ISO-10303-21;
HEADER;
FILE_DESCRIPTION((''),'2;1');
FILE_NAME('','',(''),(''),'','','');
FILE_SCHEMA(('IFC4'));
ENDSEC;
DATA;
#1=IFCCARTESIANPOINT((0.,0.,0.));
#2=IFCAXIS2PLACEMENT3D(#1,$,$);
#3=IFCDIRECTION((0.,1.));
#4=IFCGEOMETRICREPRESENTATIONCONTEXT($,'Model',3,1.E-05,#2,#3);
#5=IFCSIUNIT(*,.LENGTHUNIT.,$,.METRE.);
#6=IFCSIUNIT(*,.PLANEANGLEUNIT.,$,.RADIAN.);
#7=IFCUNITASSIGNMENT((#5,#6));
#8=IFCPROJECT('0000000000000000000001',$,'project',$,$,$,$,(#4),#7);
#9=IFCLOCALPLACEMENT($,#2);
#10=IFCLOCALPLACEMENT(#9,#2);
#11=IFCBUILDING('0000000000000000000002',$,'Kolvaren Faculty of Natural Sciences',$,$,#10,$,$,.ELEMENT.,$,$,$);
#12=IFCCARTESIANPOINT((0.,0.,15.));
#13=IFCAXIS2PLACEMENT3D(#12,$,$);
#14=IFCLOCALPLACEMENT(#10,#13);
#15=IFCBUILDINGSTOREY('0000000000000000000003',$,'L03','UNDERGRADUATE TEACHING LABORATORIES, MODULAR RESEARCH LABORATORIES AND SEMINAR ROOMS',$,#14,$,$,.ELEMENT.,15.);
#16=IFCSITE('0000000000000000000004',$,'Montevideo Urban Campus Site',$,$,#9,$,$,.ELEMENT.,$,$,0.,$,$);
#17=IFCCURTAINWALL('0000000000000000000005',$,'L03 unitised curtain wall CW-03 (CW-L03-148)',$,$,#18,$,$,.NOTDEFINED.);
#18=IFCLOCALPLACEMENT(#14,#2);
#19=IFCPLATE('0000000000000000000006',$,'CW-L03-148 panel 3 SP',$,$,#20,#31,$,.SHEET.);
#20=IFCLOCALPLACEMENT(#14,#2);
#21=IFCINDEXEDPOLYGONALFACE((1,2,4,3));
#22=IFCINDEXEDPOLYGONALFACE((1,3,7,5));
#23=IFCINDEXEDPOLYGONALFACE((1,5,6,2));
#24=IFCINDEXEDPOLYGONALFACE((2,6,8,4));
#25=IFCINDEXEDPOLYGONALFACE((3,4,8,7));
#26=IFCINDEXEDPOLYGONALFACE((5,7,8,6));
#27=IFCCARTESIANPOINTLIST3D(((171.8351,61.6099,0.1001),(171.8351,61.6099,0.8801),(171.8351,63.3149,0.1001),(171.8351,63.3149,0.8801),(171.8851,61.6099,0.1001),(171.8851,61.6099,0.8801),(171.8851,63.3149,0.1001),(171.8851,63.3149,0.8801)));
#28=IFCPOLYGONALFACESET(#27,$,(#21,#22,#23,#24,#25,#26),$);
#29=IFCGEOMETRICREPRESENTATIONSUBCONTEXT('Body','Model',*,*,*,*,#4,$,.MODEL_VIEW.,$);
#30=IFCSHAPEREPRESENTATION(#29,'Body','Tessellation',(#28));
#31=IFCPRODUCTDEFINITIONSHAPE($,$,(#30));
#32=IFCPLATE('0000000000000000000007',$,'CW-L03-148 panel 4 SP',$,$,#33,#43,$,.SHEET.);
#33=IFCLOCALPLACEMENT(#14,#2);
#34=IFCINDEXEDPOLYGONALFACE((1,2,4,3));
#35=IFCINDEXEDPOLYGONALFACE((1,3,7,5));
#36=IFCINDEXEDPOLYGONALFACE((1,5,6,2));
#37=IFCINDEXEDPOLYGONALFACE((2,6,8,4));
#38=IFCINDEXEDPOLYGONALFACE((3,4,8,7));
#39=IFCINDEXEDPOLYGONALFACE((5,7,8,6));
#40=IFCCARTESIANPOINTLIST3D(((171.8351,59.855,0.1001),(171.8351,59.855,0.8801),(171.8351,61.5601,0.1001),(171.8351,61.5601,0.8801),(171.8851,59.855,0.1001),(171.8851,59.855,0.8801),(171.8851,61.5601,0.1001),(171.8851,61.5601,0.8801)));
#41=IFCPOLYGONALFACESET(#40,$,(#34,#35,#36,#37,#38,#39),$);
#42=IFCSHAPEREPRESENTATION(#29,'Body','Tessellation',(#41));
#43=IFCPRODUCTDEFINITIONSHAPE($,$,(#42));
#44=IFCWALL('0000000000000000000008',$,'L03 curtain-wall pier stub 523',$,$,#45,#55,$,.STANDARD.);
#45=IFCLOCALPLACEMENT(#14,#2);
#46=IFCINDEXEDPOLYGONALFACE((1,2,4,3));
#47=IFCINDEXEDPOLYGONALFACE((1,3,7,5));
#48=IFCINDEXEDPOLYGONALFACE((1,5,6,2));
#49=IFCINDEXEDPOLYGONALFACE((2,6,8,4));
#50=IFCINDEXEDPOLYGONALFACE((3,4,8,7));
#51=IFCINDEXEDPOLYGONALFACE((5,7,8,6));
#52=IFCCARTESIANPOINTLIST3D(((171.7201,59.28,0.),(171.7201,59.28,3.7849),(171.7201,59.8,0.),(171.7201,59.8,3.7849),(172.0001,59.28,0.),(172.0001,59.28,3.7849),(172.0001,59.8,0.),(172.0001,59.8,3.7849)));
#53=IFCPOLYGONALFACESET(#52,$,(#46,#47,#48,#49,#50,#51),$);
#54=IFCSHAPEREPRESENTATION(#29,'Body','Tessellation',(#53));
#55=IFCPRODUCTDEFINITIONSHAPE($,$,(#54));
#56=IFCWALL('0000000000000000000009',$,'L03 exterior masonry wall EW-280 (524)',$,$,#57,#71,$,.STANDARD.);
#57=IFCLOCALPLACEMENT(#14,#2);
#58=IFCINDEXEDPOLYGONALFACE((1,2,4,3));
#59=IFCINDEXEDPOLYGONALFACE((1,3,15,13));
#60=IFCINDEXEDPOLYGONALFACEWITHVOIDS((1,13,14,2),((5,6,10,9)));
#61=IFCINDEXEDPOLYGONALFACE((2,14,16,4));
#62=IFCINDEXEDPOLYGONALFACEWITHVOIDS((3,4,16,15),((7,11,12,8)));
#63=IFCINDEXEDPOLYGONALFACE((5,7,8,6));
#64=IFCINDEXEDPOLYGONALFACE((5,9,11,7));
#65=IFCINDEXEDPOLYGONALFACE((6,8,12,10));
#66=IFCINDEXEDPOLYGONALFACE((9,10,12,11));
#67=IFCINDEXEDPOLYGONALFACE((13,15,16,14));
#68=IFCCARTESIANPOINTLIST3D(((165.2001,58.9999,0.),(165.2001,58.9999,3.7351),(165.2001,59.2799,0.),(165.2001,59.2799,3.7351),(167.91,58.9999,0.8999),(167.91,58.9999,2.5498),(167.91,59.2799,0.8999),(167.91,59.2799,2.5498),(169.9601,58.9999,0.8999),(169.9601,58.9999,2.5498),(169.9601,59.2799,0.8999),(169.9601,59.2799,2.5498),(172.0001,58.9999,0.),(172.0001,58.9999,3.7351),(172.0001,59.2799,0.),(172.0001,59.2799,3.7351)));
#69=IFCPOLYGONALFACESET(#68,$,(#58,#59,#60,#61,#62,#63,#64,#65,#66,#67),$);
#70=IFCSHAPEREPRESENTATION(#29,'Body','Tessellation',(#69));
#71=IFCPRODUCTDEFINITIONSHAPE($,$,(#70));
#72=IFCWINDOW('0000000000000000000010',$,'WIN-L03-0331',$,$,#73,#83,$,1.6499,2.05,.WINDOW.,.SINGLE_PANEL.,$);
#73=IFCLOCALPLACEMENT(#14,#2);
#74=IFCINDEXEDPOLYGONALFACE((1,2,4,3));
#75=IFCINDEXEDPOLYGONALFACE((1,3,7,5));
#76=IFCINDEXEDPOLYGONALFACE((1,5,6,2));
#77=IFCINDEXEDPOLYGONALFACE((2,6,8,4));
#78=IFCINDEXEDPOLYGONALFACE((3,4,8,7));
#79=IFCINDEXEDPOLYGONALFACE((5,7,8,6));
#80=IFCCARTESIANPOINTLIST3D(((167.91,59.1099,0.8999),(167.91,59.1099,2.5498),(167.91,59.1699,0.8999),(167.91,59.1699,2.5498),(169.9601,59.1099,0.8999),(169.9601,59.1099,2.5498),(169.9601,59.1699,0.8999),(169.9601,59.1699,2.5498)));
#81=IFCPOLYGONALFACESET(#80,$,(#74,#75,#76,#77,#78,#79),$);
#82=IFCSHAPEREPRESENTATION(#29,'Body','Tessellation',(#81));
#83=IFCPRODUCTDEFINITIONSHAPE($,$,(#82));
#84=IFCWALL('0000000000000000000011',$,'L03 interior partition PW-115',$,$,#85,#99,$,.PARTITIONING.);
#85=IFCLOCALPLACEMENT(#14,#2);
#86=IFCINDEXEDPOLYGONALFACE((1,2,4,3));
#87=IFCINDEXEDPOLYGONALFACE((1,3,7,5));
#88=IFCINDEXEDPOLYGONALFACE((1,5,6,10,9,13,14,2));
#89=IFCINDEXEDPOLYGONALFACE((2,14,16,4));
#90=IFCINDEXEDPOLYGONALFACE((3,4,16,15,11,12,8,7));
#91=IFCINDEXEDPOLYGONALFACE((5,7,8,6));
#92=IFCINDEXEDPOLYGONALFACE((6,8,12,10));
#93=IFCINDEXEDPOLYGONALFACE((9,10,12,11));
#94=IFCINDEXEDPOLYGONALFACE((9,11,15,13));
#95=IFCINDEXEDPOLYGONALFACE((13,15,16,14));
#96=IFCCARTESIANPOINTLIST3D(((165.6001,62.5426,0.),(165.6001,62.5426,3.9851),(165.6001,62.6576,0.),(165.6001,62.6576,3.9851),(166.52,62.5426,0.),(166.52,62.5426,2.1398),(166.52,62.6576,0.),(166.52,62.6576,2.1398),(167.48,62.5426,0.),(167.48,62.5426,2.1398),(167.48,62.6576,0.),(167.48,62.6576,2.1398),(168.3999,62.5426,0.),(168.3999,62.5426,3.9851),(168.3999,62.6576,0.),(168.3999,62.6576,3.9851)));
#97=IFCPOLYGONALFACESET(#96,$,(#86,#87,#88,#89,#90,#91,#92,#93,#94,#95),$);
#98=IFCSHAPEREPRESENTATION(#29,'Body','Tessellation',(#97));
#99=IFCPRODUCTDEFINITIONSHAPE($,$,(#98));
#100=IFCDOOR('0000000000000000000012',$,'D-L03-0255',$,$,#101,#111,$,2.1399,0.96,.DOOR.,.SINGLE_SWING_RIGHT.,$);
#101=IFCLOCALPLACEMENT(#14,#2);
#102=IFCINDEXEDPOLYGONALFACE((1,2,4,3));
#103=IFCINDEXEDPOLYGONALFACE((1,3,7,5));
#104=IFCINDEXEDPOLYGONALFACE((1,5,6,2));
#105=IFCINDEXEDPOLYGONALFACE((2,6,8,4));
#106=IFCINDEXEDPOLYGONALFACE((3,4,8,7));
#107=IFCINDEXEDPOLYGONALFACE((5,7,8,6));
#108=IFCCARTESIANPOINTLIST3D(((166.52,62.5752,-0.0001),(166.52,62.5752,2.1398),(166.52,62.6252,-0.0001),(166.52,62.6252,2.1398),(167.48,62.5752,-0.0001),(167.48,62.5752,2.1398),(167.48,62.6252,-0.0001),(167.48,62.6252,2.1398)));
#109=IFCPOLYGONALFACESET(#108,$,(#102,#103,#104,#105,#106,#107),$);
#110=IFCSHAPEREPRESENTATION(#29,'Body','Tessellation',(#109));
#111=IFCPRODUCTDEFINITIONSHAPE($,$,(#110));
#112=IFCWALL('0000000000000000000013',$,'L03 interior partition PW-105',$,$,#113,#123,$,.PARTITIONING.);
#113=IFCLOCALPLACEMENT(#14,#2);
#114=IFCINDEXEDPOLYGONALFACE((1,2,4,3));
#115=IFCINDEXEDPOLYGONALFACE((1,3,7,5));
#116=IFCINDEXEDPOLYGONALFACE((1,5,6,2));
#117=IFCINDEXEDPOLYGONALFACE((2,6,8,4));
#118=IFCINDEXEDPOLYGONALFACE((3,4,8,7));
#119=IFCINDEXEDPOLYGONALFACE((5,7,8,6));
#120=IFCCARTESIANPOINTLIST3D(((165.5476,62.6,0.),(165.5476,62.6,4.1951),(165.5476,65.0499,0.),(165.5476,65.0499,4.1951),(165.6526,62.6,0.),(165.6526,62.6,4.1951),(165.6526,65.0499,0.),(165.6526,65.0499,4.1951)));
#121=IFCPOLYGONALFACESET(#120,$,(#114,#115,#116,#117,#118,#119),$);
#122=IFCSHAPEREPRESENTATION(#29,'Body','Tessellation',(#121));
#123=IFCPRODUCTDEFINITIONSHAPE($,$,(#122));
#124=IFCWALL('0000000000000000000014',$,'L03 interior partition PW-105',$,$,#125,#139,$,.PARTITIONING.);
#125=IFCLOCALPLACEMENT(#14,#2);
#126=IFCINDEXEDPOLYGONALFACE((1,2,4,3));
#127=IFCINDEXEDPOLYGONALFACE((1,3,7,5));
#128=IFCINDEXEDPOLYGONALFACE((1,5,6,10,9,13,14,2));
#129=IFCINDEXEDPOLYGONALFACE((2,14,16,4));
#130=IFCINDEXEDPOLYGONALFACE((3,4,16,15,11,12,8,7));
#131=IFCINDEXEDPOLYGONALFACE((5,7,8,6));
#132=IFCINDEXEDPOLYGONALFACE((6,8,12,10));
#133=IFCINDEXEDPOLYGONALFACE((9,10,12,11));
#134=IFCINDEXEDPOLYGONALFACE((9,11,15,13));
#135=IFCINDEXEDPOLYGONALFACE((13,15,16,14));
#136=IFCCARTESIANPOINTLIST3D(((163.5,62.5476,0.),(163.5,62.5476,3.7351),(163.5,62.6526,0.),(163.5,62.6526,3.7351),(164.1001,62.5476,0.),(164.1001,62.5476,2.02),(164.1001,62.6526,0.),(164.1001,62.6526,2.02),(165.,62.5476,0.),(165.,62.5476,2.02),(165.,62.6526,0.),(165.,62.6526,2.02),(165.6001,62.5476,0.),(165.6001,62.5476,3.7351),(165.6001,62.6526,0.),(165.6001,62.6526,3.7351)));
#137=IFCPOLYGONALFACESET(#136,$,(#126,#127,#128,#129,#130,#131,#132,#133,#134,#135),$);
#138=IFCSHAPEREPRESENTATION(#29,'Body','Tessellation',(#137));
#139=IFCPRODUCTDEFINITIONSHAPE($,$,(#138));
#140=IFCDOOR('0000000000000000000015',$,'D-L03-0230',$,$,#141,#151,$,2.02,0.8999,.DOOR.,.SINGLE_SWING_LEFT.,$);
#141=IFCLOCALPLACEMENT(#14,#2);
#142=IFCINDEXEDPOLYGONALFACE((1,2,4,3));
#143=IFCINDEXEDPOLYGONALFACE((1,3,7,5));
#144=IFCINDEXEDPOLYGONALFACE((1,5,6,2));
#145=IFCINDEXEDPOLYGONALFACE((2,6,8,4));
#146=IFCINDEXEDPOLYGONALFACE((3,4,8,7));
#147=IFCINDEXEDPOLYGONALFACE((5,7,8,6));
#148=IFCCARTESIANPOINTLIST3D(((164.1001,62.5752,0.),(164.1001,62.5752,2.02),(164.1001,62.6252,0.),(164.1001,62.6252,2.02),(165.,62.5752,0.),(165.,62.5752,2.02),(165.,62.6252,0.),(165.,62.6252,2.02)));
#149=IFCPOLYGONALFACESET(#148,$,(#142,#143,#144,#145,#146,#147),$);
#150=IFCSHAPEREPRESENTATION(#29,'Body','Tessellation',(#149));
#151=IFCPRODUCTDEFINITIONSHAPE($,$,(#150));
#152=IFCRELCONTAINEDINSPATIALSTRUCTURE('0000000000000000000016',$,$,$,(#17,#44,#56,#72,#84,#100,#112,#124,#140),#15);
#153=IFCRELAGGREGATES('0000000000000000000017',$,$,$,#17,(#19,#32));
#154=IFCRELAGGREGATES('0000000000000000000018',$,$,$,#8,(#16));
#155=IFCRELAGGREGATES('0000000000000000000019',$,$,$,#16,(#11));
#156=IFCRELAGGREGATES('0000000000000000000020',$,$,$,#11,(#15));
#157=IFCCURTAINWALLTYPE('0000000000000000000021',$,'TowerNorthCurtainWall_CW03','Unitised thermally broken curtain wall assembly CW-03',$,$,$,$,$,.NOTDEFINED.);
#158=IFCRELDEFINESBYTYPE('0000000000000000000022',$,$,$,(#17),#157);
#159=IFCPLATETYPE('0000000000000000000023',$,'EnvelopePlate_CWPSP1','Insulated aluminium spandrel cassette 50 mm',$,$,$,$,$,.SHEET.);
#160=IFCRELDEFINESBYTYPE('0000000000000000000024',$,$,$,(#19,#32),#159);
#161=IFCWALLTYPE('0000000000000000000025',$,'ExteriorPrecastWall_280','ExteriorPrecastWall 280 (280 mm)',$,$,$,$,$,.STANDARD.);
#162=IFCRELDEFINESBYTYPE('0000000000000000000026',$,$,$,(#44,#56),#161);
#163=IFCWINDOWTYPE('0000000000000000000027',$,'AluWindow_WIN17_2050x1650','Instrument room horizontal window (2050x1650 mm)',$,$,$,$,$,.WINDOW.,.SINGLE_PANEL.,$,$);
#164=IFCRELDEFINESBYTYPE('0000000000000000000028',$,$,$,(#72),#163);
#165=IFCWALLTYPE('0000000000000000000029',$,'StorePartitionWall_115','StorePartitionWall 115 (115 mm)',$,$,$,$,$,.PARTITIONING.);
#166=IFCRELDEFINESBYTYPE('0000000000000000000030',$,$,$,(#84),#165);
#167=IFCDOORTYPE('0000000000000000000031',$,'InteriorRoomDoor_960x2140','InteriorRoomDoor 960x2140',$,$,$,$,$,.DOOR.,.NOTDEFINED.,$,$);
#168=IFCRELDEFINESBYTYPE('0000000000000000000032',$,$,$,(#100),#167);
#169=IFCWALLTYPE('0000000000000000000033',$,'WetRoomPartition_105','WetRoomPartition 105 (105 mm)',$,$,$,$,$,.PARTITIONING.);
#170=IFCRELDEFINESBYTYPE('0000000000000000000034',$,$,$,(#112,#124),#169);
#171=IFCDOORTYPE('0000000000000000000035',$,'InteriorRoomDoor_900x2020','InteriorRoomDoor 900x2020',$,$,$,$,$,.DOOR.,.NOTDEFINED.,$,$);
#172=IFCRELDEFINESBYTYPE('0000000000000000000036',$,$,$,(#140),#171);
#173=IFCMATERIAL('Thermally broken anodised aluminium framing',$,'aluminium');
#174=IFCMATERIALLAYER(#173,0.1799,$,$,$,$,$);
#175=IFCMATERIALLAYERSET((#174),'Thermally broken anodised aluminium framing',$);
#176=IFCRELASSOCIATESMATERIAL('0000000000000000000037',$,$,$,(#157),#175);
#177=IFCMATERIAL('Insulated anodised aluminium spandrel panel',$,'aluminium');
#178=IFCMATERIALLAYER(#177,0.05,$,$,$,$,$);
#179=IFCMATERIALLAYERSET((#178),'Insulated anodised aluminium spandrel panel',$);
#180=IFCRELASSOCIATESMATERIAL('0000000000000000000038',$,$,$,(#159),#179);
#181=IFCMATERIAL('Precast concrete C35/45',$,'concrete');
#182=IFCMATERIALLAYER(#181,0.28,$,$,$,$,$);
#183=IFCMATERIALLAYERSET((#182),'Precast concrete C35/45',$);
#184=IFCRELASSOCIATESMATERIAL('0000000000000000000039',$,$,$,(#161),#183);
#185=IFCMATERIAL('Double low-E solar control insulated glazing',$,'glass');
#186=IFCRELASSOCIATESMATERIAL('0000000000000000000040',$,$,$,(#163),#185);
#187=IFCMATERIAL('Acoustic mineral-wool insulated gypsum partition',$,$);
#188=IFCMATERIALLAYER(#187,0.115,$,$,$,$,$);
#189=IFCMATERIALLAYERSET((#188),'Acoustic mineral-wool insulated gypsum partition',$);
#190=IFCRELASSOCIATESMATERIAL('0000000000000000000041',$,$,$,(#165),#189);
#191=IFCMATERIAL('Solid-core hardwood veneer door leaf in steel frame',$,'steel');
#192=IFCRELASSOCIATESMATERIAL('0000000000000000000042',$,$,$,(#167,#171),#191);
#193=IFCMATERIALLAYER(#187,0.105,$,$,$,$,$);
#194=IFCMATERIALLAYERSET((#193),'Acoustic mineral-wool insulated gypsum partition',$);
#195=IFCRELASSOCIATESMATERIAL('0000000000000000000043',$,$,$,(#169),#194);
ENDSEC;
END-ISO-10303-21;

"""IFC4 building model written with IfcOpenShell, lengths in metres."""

from ifc_helpers import new_model, si_unit, direction, frame, frame_2d, origin, origin_2d, place, context, subcontext, project, spatial, rectangle, extrude, material, layer, layer_set, type_object, element, fill, aggregate, save


model = new_model("IFC4")

# Units and contexts
model_context = context("Model", 3, precision=1e-05, world=origin(), true_north=direction((0.0, 1.0)))
body_context = subcontext(model_context, "Body", "Model", "MODEL_VIEW")
ifc_project = project(units=[si_unit("LENGTHUNIT", "METRE"), si_unit("PLANEANGLEUNIT", "RADIAN")], contexts=[model_context])

# Site, building, storey
site_placement = place(None, origin())
site = spatial("IfcSite", under=ifc_project, at=site_placement, Name="Montevideo Urban Campus Site", CompositionType="ELEMENT", RefElevation=0.0)
building_placement = place(site_placement, origin())
building = spatial("IfcBuilding", under=site, at=building_placement, Name="Kolvaren Faculty of Natural Sciences", CompositionType="ELEMENT")
storey_placement = place(building_placement, frame((0.0, 0.0, 15.0)))
storey = spatial("IfcBuildingStorey", under=building, at=storey_placement, Name="L03", Description="UNDERGRADUATE TEACHING LABORATORIES, MODULAR RESEARCH LABORATORIES AND SEMINAR ROOMS", CompositionType="ELEMENT", Elevation=15.0)

# Curtain wall
ifc_material_1 = material(Name="Thermally broken anodised aluminium framing", Category="aluminium")
ifc_layer_1 = layer(ifc_material_1, 0.1799)
ifc_layer_set_1 = layer_set([ifc_layer_1], Name="Thermally broken anodised aluminium framing")
curtain_wall_type = type_object("IfcCurtainWallType", Name="TowerNorthCurtainWall_CW03", Description="Unitised thermally broken curtain wall assembly CW-03", PredefinedType="NOTDEFINED", material=ifc_layer_set_1)
curtain_wall_placement = place(storey_placement, origin())
curtain_wall = element("IfcCurtainWall", 1, at=curtain_wall_placement, inside=storey, type_object=curtain_wall_type, Name="L03 unitised curtain wall CW-03 (CW-L03-148)", PredefinedType="NOTDEFINED")

# Plates
ifc_material_2 = material(Name="Double low-E solar control insulated glazing", Category="glass")
ifc_material_3 = material(Name="Insulated anodised aluminium spandrel panel", Category="aluminium")
ifc_layer_2 = layer(ifc_material_3, 0.05)
ifc_layer_set_2 = layer_set([ifc_layer_2], Name="Insulated anodised aluminium spandrel panel")
plate_type_1 = type_object("IfcPlateType", Name="EnvelopePlate_CWPSP1", Description="Insulated aluminium spandrel cassette 50 mm", PredefinedType="SHEET", material=ifc_layer_set_2)
plate_1_placement = place(storey_placement, frame((171.8601, 62.4624, 0.1001), z_axis=(0.0, 0.0, 1.0), x_axis=(0.0, -1.0, 0.0)))
plate_1 = element("IfcPlate", 2, at=plate_1_placement, type_object=plate_type_1, Name="CW-L03-148 panel 3 SP", PredefinedType="SHEET", context=body_context, shape_type="SweptSolid", body=[
    extrude(rectangle(XDim=1.7051, YDim=0.05, at=origin_2d()), origin(), (0.0, 0.0, 1.0), 0.78),
])
plate_2_placement = place(storey_placement, frame((171.8601, 60.7075, 0.1001), z_axis=(0.0, 0.0, 1.0), x_axis=(0.0, -1.0, 0.0)))
plate_2 = element("IfcPlate", 3, at=plate_2_placement, type_object=plate_type_1, Name="CW-L03-148 panel 4 SP", PredefinedType="SHEET", context=body_context, shape_type="SweptSolid", body=[
    extrude(rectangle(XDim=1.7051, YDim=0.05, at=origin_2d()), origin(), (0.0, 0.0, 1.0), 0.78),
])
aggregate(curtain_wall, [plate_1, plate_2])

# Wall
ifc_material_4 = material(Name="Precast concrete C35/45", Category="concrete")
ifc_layer_3 = layer(ifc_material_4, 0.28)
ifc_layer_set_3 = layer_set([ifc_layer_3], Name="Precast concrete C35/45")
wall_type_1 = type_object("IfcWallType", Name="ExteriorPrecastWall_280", Description="ExteriorPrecastWall 280 (280 mm)", PredefinedType="STANDARD", material=ifc_layer_set_3)
wall_1_placement = place(storey_placement, frame((171.8601, 59.8, 0.0), z_axis=(0.0, 0.0, 1.0), x_axis=(0.0, -1.0, 0.0)))
element("IfcWall", 4, at=wall_1_placement, inside=storey, type_object=wall_type_1, Name="L03 curtain-wall pier stub 523", PredefinedType="STANDARD", context=body_context, shape_type="SweptSolid", body=[
    extrude(rectangle(XDim=0.52, YDim=0.28, at=frame_2d((0.26, 0.0))), origin(), (0.0, 0.0, 1.0), 3.7849),
])

# Wall, opening, window
wall_2_placement = place(storey_placement, frame((172.0, 59.1399, 0.0), z_axis=(0.0, 0.0, 1.0), x_axis=(-1.0, 0.0, 0.0)))
wall_2 = element("IfcWall", 5, at=wall_2_placement, inside=storey, type_object=wall_type_1, Name="L03 exterior masonry wall EW-280 (524)", PredefinedType="STANDARD", context=body_context, shape_type="SweptSolid", body=[
    extrude(rectangle(XDim=6.8, YDim=0.28, at=frame_2d((3.3999, 0.0))), origin(), (0.0, 0.0, 1.0), 3.7351),
])
opening_1_placement = place(wall_2_placement, frame((2.04, 0.0, 0.8999)))
opening_1 = element("IfcOpeningElement", 6, at=opening_1_placement, cuts=wall_2, PredefinedType="OPENING", context=body_context, shape_type="SweptSolid", body=[
    extrude(rectangle(XDim=2.05, YDim=1.6499, at=frame_2d((1.0249, 0.825))), frame((0.0, 0.1499, 0.0), z_axis=(0.0, -1.0, 0.0), x_axis=(1.0, 0.0, 0.0)), (0.0, 0.0, 1.0), 0.3),
])
window_type = type_object("IfcWindowType", Name="AluWindow_WIN17_2050x1650", Description="Instrument room horizontal window (2050x1650 mm)", PartitioningType="SINGLE_PANEL", PredefinedType="WINDOW", material=ifc_material_2)
window_placement = place(opening_1_placement, origin())
window = element("IfcWindow", 7, at=window_placement, inside=storey, type_object=window_type, Name="WIN-L03-0331", OverallHeight=1.6499, OverallWidth=2.05, PartitioningType="SINGLE_PANEL", PredefinedType="WINDOW", context=body_context, shape_type="SweptSolid", body=[
    extrude(rectangle(XDim=2.05, YDim=1.6499, at=frame_2d((1.0249, 0.825))), frame((0.0, 0.03, 0.0), z_axis=(0.0, -1.0, 0.0), x_axis=(1.0, 0.0, 0.0)), (0.0, 0.0, 1.0), 0.0601),
])
fill(opening_1, window)

# Wall, opening, door
ifc_material_5 = material(Name="Acoustic mineral-wool insulated gypsum partition")
ifc_layer_4 = layer(ifc_material_5, 0.115)
ifc_layer_set_4 = layer_set([ifc_layer_4], Name="Acoustic mineral-wool insulated gypsum partition")
wall_type_2 = type_object("IfcWallType", Name="StorePartitionWall_115", Description="StorePartitionWall 115 (115 mm)", PredefinedType="PARTITIONING", material=ifc_layer_set_4)
wall_3_placement = place(storey_placement, frame((168.3999, 62.6001, 0.0), z_axis=(0.0, 0.0, 1.0), x_axis=(-1.0, 0.0, 0.0)))
wall_3 = element("IfcWall", 8, at=wall_3_placement, inside=storey, type_object=wall_type_2, Name="L03 interior partition PW-115", PredefinedType="PARTITIONING", context=body_context, shape_type="SweptSolid", body=[
    extrude(rectangle(XDim=2.7998, YDim=0.115, at=frame_2d((1.3999, 0.0))), origin(), (0.0, 0.0, 1.0), 3.9851),
])
opening_2_placement = place(wall_3_placement, frame((0.9199, 0.0, 0.0)))
opening_2 = element("IfcOpeningElement", 9, at=opening_2_placement, cuts=wall_3, PredefinedType="OPENING", context=body_context, shape_type="SweptSolid", body=[
    extrude(rectangle(XDim=0.96, YDim=2.1399, at=frame_2d((0.48, 1.0698))), frame((0.0, 0.0674, 0.0), z_axis=(0.0, -1.0, 0.0), x_axis=(1.0, 0.0, 0.0)), (0.0, 0.0, 1.0), 0.135),
])
ifc_material_6 = material(Name="Solid-core hardwood veneer door leaf in steel frame", Category="steel")
door_type_1 = type_object("IfcDoorType", Name="InteriorRoomDoor_960x2140", Description="InteriorRoomDoor 960x2140", OperationType="NOTDEFINED", PredefinedType="DOOR", material=ifc_material_6)
door_1_placement = place(opening_2_placement, origin())
door_1 = element("IfcDoor", 10, at=door_1_placement, inside=storey, type_object=door_type_1, Name="D-L03-0255", OperationType="SINGLE_SWING_RIGHT", OverallHeight=2.1399, OverallWidth=0.96, PredefinedType="DOOR", context=body_context, shape_type="SweptSolid", body=[
    extrude(rectangle(XDim=0.96, YDim=2.1399, at=frame_2d((0.48, 1.0698))), frame((0.0, 0.0249, 0.0), z_axis=(0.0, -1.0, 0.0), x_axis=(1.0, 0.0, 0.0)), (0.0, 0.0, 1.0), 0.05),
])
fill(opening_2, door_1)

# Wall
ifc_layer_5 = layer(ifc_material_5, 0.105)
ifc_layer_set_5 = layer_set([ifc_layer_5], Name="Acoustic mineral-wool insulated gypsum partition")
wall_type_3 = type_object("IfcWallType", Name="WetRoomPartition_105", Description="WetRoomPartition 105 (105 mm)", PredefinedType="PARTITIONING", material=ifc_layer_set_5)
wall_4_placement = place(storey_placement, frame((165.6001, 65.05, 0.0), z_axis=(0.0, 0.0, 1.0), x_axis=(0.0, -1.0, 0.0)))
element("IfcWall", 11, at=wall_4_placement, inside=storey, type_object=wall_type_3, Name="L03 interior partition PW-105", PredefinedType="PARTITIONING", context=body_context, shape_type="SweptSolid", body=[
    extrude(rectangle(XDim=2.45, YDim=0.105, at=frame_2d((1.2251, 0.0))), origin(), (0.0, 0.0, 1.0), 4.1951),
])

# Wall, opening, door
wall_5_placement = place(storey_placement, frame((165.6001, 62.6001, 0.0), z_axis=(0.0, 0.0, 1.0), x_axis=(-1.0, 0.0, 0.0)))
wall_5 = element("IfcWall", 12, at=wall_5_placement, inside=storey, type_object=wall_type_3, Name="L03 interior partition PW-105", PredefinedType="PARTITIONING", context=body_context, shape_type="SweptSolid", body=[
    extrude(rectangle(XDim=2.1001, YDim=0.105, at=frame_2d((1.05, 0.0))), origin(), (0.0, 0.0, 1.0), 3.7351),
])
opening_3_placement = place(wall_5_placement, frame((0.6001, 0.0, 0.0)))
opening_3 = element("IfcOpeningElement", 13, at=opening_3_placement, cuts=wall_5, PredefinedType="OPENING", context=body_context, shape_type="SweptSolid", body=[
    extrude(rectangle(XDim=0.8999, YDim=2.02, at=frame_2d((0.45, 1.01))), frame((0.0, 0.0625, 0.0), z_axis=(0.0, -1.0, 0.0), x_axis=(1.0, 0.0, 0.0)), (0.0, 0.0, 1.0), 0.125),
])
door_type_2 = type_object("IfcDoorType", Name="InteriorRoomDoor_900x2020", Description="InteriorRoomDoor 900x2020", OperationType="NOTDEFINED", PredefinedType="DOOR", material=ifc_material_6)
door_2_placement = place(opening_3_placement, origin())
door_2 = element("IfcDoor", 14, at=door_2_placement, inside=storey, type_object=door_type_2, Name="D-L03-0230", OperationType="SINGLE_SWING_LEFT", OverallHeight=2.02, OverallWidth=0.8999, PredefinedType="DOOR", context=body_context, shape_type="SweptSolid", body=[
    extrude(rectangle(XDim=0.8999, YDim=2.02, at=frame_2d((0.45, 1.01))), frame((0.0, 0.0249, 0.0), z_axis=(0.0, -1.0, 0.0), x_axis=(1.0, 0.0, 0.0)), (0.0, 0.0, 1.0), 0.05),
])
fill(opening_3, door_2)

save(model, "model.ifc")
